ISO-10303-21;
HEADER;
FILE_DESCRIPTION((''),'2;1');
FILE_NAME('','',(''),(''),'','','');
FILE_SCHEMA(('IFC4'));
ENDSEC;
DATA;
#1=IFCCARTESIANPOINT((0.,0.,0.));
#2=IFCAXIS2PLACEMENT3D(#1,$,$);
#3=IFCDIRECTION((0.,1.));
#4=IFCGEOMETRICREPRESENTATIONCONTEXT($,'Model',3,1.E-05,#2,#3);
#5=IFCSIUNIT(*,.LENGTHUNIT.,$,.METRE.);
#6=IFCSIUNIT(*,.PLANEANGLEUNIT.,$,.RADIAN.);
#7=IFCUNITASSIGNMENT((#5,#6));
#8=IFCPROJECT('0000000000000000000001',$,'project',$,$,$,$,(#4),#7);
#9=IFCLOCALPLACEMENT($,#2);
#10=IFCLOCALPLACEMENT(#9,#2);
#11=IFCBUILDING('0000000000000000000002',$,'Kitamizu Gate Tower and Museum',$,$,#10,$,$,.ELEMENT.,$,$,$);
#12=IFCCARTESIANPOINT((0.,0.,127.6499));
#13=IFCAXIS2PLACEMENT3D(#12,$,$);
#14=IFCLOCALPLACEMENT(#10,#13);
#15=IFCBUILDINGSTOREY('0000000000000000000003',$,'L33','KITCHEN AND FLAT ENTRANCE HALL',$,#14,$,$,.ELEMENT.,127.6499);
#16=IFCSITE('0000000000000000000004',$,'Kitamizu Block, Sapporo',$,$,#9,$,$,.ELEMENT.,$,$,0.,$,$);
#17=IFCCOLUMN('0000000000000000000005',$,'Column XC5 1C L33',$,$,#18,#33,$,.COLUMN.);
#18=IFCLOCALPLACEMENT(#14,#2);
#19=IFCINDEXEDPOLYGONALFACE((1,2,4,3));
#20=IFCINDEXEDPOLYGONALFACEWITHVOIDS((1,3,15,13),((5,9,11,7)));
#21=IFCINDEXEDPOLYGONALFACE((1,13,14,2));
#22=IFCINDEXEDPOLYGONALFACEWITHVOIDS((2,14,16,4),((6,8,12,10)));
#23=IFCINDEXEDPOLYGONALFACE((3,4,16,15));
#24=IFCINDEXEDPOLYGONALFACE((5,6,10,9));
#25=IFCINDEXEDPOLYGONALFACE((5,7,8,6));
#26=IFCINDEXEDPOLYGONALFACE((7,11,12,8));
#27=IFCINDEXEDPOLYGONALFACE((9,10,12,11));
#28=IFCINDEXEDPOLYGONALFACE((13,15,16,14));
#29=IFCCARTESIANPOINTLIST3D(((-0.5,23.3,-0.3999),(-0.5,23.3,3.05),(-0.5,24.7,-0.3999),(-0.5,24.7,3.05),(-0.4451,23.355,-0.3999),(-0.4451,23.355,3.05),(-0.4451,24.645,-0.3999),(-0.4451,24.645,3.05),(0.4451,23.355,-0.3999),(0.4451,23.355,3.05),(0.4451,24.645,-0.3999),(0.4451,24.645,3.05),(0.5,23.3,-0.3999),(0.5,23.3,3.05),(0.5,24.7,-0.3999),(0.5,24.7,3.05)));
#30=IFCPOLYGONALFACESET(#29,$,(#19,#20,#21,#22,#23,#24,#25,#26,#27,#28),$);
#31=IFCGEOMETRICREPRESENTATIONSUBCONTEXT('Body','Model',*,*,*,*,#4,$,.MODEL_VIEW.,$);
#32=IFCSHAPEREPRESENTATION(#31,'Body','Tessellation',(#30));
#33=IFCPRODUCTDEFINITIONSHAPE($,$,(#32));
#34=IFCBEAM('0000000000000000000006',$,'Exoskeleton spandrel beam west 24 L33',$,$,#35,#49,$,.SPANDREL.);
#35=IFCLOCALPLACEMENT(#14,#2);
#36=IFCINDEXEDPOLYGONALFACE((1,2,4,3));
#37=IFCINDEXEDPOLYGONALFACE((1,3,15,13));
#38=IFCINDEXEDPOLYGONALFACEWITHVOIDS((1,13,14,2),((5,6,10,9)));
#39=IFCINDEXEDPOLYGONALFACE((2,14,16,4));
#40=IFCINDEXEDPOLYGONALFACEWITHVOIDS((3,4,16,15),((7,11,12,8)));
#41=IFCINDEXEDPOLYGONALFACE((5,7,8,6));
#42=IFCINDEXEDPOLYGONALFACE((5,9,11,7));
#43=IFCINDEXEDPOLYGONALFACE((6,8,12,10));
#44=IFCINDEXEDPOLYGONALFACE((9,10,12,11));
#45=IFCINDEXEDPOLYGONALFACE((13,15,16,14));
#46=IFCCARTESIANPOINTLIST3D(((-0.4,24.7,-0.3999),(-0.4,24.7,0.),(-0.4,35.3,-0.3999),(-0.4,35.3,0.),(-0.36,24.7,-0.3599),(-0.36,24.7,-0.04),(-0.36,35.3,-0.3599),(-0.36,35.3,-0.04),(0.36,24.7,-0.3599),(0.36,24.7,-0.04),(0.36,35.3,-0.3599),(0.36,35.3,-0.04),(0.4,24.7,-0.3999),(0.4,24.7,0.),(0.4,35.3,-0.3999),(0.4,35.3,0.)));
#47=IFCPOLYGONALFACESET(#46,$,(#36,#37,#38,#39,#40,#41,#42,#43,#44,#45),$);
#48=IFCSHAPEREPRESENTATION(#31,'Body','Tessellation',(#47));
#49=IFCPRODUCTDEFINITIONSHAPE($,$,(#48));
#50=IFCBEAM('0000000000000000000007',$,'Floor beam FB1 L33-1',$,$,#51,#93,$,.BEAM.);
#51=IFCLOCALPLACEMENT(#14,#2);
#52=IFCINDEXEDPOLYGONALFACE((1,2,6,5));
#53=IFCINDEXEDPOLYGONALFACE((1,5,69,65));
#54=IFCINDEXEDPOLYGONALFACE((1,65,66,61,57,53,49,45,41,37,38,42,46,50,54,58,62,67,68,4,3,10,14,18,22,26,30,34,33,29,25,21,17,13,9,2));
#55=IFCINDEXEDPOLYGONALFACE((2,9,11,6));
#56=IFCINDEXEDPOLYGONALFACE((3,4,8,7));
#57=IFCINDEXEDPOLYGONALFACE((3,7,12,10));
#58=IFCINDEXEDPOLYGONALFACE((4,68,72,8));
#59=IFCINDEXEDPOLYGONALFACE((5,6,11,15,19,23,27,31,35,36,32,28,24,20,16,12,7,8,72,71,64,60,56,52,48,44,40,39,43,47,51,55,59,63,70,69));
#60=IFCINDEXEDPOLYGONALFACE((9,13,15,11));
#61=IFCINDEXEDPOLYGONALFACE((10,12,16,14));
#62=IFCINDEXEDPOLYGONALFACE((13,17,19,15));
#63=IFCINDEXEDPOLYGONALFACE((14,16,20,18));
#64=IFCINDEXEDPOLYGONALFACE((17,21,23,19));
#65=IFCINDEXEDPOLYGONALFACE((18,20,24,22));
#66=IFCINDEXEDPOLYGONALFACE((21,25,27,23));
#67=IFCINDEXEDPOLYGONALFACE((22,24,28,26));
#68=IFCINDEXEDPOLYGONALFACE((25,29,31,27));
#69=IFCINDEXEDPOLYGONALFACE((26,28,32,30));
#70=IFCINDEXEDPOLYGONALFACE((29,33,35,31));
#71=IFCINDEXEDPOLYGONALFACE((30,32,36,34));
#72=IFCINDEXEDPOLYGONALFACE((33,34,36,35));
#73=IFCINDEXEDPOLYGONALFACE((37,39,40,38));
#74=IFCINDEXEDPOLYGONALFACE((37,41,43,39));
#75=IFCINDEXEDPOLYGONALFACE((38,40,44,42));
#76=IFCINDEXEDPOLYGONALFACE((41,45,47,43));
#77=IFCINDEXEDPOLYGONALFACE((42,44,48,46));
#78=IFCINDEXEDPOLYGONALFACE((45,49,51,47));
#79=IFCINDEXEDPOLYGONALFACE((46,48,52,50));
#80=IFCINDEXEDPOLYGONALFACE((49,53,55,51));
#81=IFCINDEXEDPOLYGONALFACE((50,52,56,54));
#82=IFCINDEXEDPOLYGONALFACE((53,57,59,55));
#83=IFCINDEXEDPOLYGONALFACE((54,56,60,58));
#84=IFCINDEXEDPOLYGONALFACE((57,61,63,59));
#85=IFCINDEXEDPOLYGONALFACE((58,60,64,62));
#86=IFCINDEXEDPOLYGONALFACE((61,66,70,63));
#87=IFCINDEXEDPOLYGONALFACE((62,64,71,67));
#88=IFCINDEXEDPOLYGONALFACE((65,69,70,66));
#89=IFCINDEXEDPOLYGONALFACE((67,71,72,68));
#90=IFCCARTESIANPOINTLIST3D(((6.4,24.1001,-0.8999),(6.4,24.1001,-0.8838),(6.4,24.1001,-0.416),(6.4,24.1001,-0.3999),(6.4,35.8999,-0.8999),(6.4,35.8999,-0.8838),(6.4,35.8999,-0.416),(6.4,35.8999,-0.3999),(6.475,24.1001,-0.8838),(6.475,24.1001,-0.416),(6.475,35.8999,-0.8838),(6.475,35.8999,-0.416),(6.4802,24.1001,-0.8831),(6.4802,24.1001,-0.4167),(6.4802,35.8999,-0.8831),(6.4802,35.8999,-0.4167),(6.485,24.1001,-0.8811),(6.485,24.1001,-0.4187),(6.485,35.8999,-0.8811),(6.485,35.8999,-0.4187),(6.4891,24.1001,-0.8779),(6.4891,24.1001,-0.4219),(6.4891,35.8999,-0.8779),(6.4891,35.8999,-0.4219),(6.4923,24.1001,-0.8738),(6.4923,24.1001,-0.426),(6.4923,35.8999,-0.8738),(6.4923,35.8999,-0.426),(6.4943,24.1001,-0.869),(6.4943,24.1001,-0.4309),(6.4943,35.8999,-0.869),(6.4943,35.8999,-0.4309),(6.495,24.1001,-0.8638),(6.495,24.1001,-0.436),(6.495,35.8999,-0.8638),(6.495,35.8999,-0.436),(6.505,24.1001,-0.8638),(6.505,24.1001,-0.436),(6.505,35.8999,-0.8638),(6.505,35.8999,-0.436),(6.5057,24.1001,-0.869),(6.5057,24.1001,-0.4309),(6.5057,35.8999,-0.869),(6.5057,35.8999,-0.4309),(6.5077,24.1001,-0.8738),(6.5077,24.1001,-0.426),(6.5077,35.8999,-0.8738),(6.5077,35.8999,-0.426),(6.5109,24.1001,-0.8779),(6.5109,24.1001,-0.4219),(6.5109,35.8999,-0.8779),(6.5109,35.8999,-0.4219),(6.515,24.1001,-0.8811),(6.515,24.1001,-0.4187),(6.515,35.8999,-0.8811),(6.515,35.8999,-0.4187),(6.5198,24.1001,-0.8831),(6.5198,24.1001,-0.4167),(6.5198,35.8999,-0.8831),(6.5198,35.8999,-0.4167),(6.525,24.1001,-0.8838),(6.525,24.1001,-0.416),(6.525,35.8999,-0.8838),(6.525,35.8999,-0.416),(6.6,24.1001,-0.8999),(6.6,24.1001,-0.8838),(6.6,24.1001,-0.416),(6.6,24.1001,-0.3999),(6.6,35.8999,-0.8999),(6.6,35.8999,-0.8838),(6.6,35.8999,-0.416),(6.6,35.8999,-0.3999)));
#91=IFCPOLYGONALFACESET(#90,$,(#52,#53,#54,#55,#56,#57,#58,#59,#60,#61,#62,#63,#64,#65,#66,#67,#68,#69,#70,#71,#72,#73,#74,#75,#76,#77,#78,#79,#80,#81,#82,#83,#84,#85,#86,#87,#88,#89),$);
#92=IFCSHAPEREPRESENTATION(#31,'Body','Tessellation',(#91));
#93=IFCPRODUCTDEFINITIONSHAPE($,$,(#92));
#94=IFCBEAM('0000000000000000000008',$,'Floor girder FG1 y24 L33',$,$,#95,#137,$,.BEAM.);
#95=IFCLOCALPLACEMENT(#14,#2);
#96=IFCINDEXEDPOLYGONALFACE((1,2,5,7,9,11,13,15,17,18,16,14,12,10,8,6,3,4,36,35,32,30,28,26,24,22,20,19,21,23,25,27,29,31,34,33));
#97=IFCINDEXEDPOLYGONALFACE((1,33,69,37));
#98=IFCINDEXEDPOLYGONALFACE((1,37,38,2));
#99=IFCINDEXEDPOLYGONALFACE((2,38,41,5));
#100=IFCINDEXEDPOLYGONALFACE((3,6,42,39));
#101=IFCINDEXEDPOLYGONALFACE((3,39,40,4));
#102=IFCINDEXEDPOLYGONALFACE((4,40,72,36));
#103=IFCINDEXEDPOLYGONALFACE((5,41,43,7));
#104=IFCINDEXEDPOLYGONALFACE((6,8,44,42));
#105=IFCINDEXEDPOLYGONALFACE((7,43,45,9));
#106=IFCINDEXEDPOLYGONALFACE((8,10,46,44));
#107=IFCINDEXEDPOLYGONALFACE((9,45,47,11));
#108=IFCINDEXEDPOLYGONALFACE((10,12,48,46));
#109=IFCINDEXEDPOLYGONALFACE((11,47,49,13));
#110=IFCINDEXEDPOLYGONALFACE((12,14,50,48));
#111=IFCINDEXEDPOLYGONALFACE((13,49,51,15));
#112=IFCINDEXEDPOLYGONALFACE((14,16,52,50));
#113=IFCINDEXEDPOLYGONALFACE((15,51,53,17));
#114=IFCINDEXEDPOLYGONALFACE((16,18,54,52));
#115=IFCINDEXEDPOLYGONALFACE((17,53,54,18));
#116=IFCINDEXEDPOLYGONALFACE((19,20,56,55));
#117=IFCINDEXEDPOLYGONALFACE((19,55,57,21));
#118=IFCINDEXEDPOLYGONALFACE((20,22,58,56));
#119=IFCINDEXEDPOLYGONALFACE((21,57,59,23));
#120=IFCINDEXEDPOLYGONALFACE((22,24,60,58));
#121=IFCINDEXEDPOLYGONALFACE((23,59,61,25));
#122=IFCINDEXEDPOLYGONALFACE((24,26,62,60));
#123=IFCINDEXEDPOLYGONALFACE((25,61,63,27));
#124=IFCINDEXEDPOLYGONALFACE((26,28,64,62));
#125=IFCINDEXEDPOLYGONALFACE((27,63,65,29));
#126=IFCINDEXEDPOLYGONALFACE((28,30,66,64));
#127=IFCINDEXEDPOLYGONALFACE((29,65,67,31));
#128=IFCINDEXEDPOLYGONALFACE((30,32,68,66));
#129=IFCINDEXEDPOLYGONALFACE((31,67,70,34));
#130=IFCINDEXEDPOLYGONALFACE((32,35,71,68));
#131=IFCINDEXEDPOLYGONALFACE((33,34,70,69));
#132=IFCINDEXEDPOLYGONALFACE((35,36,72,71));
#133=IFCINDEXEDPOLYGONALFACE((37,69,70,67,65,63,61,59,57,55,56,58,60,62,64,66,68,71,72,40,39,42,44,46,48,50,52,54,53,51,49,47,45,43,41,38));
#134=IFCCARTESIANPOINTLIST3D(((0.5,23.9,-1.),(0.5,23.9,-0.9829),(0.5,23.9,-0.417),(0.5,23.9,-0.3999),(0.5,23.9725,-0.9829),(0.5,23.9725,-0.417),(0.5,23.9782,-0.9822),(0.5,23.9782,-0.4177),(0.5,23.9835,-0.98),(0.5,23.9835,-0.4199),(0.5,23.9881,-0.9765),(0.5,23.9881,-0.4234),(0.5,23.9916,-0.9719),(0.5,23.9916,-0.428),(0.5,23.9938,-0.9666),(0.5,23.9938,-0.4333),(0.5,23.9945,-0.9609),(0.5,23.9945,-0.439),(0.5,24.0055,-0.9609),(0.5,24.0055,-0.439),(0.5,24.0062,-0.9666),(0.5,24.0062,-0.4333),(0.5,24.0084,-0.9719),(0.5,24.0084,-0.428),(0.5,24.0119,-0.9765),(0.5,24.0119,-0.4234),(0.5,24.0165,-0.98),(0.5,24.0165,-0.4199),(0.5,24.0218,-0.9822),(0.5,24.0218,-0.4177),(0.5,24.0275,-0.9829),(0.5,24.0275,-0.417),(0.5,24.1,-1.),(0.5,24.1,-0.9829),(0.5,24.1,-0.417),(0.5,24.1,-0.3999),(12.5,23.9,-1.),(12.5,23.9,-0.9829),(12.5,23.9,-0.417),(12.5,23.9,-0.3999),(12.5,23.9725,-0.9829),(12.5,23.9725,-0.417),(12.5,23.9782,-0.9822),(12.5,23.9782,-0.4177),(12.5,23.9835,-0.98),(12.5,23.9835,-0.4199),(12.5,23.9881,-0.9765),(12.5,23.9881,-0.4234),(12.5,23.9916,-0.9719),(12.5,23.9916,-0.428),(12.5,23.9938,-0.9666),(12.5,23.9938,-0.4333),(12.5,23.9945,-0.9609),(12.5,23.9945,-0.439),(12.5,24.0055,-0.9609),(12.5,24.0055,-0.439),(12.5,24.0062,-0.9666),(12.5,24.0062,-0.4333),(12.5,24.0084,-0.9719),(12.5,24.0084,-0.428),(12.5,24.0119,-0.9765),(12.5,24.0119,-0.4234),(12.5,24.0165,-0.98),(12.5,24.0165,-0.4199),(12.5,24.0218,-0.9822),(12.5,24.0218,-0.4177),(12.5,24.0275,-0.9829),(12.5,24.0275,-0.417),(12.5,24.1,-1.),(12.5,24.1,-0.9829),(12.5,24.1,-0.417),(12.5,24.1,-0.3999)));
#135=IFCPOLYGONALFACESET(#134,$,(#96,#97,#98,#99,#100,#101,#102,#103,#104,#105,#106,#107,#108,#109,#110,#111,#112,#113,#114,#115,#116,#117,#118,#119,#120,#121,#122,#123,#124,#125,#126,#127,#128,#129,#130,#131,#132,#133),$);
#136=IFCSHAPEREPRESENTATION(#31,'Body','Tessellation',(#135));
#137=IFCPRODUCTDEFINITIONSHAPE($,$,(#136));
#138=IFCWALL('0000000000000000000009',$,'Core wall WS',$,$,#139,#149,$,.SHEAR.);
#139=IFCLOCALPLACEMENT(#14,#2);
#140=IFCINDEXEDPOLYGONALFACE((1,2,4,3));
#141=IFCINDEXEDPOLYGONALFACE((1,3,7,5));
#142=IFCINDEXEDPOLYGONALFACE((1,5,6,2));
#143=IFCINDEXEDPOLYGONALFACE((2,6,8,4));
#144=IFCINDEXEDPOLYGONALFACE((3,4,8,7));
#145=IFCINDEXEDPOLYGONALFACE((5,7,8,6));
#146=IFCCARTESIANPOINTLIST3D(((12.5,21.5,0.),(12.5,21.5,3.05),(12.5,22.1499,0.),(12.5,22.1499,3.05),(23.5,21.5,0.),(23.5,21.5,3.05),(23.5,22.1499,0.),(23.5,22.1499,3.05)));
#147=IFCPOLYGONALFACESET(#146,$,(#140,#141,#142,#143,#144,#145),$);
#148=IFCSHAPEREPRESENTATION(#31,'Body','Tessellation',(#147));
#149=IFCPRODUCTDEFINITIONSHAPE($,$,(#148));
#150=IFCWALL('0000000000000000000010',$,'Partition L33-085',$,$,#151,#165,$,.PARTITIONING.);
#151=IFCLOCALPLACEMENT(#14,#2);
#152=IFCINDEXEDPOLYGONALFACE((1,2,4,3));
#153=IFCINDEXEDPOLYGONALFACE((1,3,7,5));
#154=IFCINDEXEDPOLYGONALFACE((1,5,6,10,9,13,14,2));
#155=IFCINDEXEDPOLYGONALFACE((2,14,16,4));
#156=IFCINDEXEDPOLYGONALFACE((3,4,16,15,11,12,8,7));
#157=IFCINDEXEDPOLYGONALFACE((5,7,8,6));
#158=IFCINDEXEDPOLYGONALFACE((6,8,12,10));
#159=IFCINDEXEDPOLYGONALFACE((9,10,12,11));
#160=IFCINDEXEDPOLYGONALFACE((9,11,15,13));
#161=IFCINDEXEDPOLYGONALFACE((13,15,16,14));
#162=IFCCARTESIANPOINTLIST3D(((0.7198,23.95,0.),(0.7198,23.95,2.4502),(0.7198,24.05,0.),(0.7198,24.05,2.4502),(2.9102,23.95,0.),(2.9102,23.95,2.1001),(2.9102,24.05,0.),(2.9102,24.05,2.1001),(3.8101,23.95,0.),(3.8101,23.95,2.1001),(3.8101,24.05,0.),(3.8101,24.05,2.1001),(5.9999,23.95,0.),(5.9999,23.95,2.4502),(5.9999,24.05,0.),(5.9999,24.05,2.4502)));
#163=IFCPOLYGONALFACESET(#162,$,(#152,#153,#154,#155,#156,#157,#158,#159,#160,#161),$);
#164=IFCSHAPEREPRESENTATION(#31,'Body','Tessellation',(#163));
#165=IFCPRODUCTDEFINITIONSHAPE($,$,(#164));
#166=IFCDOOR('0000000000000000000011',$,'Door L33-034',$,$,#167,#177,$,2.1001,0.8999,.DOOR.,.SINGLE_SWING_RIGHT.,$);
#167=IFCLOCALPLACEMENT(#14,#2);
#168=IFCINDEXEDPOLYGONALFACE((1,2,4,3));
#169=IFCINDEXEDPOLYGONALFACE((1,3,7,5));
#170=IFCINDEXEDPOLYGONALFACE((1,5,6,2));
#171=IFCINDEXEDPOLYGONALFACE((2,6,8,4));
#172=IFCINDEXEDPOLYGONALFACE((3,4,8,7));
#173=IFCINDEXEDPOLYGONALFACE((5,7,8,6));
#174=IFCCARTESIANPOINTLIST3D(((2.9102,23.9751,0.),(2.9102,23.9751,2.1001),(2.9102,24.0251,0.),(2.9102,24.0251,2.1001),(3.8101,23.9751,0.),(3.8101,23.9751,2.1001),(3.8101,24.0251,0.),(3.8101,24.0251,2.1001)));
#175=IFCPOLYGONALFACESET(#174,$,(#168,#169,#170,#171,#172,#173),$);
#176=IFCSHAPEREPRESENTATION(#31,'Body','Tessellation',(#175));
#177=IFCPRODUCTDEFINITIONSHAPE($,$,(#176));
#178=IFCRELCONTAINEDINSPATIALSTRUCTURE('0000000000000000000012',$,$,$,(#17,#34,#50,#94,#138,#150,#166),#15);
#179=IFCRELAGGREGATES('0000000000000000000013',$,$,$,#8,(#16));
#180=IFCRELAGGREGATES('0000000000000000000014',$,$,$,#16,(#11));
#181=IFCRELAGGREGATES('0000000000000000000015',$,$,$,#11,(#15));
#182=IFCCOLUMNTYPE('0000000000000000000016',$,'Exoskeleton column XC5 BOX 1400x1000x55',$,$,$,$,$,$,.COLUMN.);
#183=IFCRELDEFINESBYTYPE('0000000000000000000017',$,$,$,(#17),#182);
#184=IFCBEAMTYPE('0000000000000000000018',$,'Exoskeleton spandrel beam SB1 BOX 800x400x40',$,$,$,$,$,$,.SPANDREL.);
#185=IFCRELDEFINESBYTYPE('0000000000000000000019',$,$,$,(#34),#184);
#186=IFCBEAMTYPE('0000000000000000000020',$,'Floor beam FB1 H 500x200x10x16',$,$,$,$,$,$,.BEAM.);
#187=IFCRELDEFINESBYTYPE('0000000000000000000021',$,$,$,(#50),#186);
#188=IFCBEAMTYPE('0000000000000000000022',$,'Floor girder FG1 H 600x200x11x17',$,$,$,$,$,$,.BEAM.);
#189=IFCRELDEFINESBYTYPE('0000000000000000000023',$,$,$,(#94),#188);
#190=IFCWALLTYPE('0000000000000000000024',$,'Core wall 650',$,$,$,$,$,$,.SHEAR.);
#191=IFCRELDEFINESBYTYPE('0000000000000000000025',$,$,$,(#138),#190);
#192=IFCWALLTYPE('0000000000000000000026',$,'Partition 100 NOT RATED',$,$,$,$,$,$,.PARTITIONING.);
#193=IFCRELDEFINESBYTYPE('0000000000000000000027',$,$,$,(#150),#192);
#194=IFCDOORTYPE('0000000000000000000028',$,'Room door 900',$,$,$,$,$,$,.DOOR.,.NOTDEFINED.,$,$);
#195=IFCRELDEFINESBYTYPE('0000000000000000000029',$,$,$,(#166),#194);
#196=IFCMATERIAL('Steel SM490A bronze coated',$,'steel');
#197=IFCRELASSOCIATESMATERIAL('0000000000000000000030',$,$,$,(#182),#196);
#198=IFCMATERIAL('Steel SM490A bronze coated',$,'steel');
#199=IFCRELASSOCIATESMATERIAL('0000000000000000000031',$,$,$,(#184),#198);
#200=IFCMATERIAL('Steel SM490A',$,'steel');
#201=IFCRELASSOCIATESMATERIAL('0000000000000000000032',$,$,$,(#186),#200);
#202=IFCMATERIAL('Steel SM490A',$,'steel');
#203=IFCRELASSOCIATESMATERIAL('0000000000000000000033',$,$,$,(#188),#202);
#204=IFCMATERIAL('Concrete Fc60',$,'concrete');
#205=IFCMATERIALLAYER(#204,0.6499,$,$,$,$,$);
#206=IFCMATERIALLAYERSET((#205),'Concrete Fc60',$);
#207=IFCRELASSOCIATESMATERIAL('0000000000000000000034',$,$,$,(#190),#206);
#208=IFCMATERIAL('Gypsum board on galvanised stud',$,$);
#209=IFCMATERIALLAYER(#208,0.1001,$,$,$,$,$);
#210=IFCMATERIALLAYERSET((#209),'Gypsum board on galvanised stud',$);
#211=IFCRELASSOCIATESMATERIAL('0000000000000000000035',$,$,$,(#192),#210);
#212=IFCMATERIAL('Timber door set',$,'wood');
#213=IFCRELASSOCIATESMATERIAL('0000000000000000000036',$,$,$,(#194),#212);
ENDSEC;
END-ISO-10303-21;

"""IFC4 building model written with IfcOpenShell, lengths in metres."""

from ifc_helpers import new_model, si_unit, direction, frame, frame_2d, origin, origin_2d, place, context, subcontext, project, spatial, rectangle, hollow_rectangle, i_section, extrude, material, layer, layer_set, material_profile, profile_set, type_object, element, fill, save


model = new_model("IFC4")

# Units and contexts
model_context = context("Model", 3, precision=1e-05, world=origin(), true_north=direction((0.0, 1.0)))
body_context = subcontext(model_context, "Body", "Model", "MODEL_VIEW")
ifc_project = project(units=[si_unit("LENGTHUNIT", "METRE"), si_unit("PLANEANGLEUNIT", "RADIAN")], contexts=[model_context])

# Site, building, storey
site_placement = place(None, origin())
site = spatial("IfcSite", under=ifc_project, at=site_placement, Name="Kitamizu Block, Sapporo", CompositionType="ELEMENT", RefElevation=0.0)
building_placement = place(site_placement, origin())
building = spatial("IfcBuilding", under=site, at=building_placement, Name="Kitamizu Gate Tower and Museum", CompositionType="ELEMENT")
storey_placement = place(building_placement, frame((0.0, 0.0, 127.6499)))
storey = spatial("IfcBuildingStorey", under=building, at=storey_placement, Name="L33", Description="KITCHEN AND FLAT ENTRANCE HALL", CompositionType="ELEMENT", Elevation=127.6499)

# Column
ifc_material_1 = material(Name="Steel SM490A bronze coated", Category="steel")
ifc_material_profile_1 = material_profile(ifc_material_1, hollow_rectangle(XDim=1.3999, YDim=1.0, WallThickness=0.0549, at=origin_2d()), Name="BOX 1400x1000x55")
ifc_profile_set_1 = profile_set([ifc_material_profile_1], Name="Steel SM490A bronze coated")
column_type = type_object("IfcColumnType", Name="Exoskeleton column XC5 BOX 1400x1000x55", PredefinedType="COLUMN", material=ifc_profile_set_1)
column_placement = place(storey_placement, frame((0.0, 24.0, -0.3999), z_axis=(0.0, 0.0, 1.0), x_axis=(0.0, 1.0, 0.0)))
element("IfcColumn", 1, at=column_placement, inside=storey, type_object=column_type, Name="Column XC5 1C L33", PredefinedType="COLUMN", context=body_context, shape_type="SweptSolid", body=[
    extrude(hollow_rectangle(XDim=1.3999, YDim=1.0, WallThickness=0.0549, at=origin_2d()), origin(), (0.0, 0.0, 1.0), 3.45),
])

# Beams
ifc_material_2 = material(Name="Steel SM490A bronze coated", Category="steel")
ifc_material_profile_2 = material_profile(ifc_material_2, hollow_rectangle(XDim=0.8, YDim=0.3999, WallThickness=0.04, at=origin_2d()), Name="BOX 800x400x40")
ifc_profile_set_2 = profile_set([ifc_material_profile_2], Name="Steel SM490A bronze coated")
beam_type_1 = type_object("IfcBeamType", Name="Exoskeleton spandrel beam SB1 BOX 800x400x40", PredefinedType="SPANDREL", material=ifc_profile_set_2)
beam_1_placement = place(storey_placement, frame((0.0, 24.7, -0.2), z_axis=(0.0, 1.0, 0.0), x_axis=(-1.0, 0.0, 0.0)))
element("IfcBeam", 2, at=beam_1_placement, inside=storey, type_object=beam_type_1, Name="Exoskeleton spandrel beam west 24 L33", PredefinedType="SPANDREL", context=body_context, shape_type="SweptSolid", body=[
    extrude(hollow_rectangle(XDim=0.8, YDim=0.3999, WallThickness=0.04, at=origin_2d()), origin(), (0.0, 0.0, 1.0), 10.6001),
])
ifc_material_3 = material(Name="Steel SM490A", Category="steel")
ifc_material_profile_3 = material_profile(ifc_material_3, i_section(OverallWidth=0.2, OverallDepth=0.5, WebThickness=0.01, FlangeThickness=0.0161, FilletRadius=0.02, at=origin_2d()), Name="H-500x200x10x16")
ifc_profile_set_3 = profile_set([ifc_material_profile_3], Name="Steel SM490A")
beam_type_2 = type_object("IfcBeamType", Name="Floor beam FB1 H 500x200x10x16", PredefinedType="BEAM", material=ifc_profile_set_3)
beam_2_placement = place(storey_placement, frame((6.5, 24.1001, -0.6499), z_axis=(0.0, 1.0, 0.0), x_axis=(-1.0, 0.0, 0.0)))
element("IfcBeam", 3, at=beam_2_placement, inside=storey, type_object=beam_type_2, Name="Floor beam FB1 L33-1", PredefinedType="BEAM", context=body_context, shape_type="SweptSolid", body=[
    extrude(i_section(OverallWidth=0.2, OverallDepth=0.5, WebThickness=0.01, FlangeThickness=0.0161, FilletRadius=0.02, at=origin_2d()), origin(), (0.0, 0.0, 1.0), 11.7998),
])
ifc_material_4 = material(Name="Steel SM490A", Category="steel")
ifc_material_profile_4 = material_profile(ifc_material_4, i_section(OverallWidth=0.2, OverallDepth=0.6001, WebThickness=0.011, FlangeThickness=0.0171, FilletRadius=0.022, at=origin_2d()), Name="H-600x200x11x17")
ifc_profile_set_4 = profile_set([ifc_material_profile_4], Name="Steel SM490A")
beam_type_3 = type_object("IfcBeamType", Name="Floor girder FG1 H 600x200x11x17", PredefinedType="BEAM", material=ifc_profile_set_4)
beam_3_placement = place(storey_placement, frame((0.5, 24.0, -0.7), z_axis=(1.0, 0.0, 0.0), x_axis=(0.0, 1.0, 0.0)))
element("IfcBeam", 4, at=beam_3_placement, inside=storey, type_object=beam_type_3, Name="Floor girder FG1 y24 L33", PredefinedType="BEAM", context=body_context, shape_type="SweptSolid", body=[
    extrude(i_section(OverallWidth=0.2, OverallDepth=0.6001, WebThickness=0.011, FlangeThickness=0.0171, FilletRadius=0.022, at=origin_2d()), origin(), (0.0, 0.0, 1.0), 12.0),
])

# Wall
ifc_material_5 = material(Name="Concrete Fc60", Category="concrete")
ifc_layer_1 = layer(ifc_material_5, 0.6499)
ifc_layer_set_1 = layer_set([ifc_layer_1], Name="Concrete Fc60")
wall_type_1 = type_object("IfcWallType", Name="Core wall 650", PredefinedType="SHEAR", material=ifc_layer_set_1)
wall_1_placement = place(storey_placement, frame((12.5, 21.825, 0.0), z_axis=(0.0, 0.0, 1.0), x_axis=(1.0, 0.0, 0.0)))
element("IfcWall", 5, at=wall_1_placement, inside=storey, type_object=wall_type_1, Name="Core wall WS", PredefinedType="SHEAR", context=body_context, shape_type="SweptSolid", body=[
    extrude(rectangle(XDim=11.0, YDim=0.6499, at=frame_2d((5.5, 0.0))), origin(), (0.0, 0.0, 1.0), 3.05),
])

# Wall, opening, door
ifc_material_6 = material(Name="Gypsum board on galvanised stud")
ifc_layer_2 = layer(ifc_material_6, 0.1001)
ifc_layer_set_2 = layer_set([ifc_layer_2], Name="Gypsum board on galvanised stud")
wall_type_2 = type_object("IfcWallType", Name="Partition 100 NOT RATED", PredefinedType="PARTITIONING", material=ifc_layer_set_2)
wall_2_placement = place(storey_placement, frame((6.0, 24.0, 0.0), z_axis=(0.0, 0.0, 1.0), x_axis=(-1.0, 0.0, 0.0)))
wall_2 = element("IfcWall", 6, at=wall_2_placement, inside=storey, type_object=wall_type_2, Name="Partition L33-085", PredefinedType="PARTITIONING", context=body_context, shape_type="SweptSolid", body=[
    extrude(rectangle(XDim=5.28, YDim=0.1001, at=frame_2d((2.6401, 0.0))), origin(), (0.0, 0.0, 1.0), 2.4502),
])
opening_1_placement = place(wall_2_placement, frame((2.1899, 0.0, 0.0)))
opening_1 = element("IfcOpeningElement", 7, at=opening_1_placement, cuts=wall_2, PredefinedType="OPENING", context=body_context, shape_type="SweptSolid", body=[
    extrude(rectangle(XDim=0.8999, YDim=2.1001, at=frame_2d((0.45, 1.05))), frame((0.0, 0.0601, 0.0), z_axis=(0.0, -1.0, 0.0), x_axis=(1.0, 0.0, 0.0)), (0.0, 0.0, 1.0), 0.1201),
])
ifc_material_7 = material(Name="Timber door set", Category="wood")
door_type_1 = type_object("IfcDoorType", Name="Room door 900", OperationType="NOTDEFINED", PredefinedType="DOOR", material=ifc_material_7)
door_1_placement = place(opening_1_placement, origin())
door_1 = element("IfcDoor", 8, at=door_1_placement, inside=storey, type_object=door_type_1, Name="Door L33-034", OperationType="SINGLE_SWING_RIGHT", OverallHeight=2.1001, OverallWidth=0.8999, PredefinedType="DOOR", context=body_context, shape_type="SweptSolid", body=[
    extrude(rectangle(XDim=0.8999, YDim=2.1001, at=frame_2d((0.45, 1.05))), frame((0.0, 0.0249, 0.0), z_axis=(0.0, -1.0, 0.0), x_axis=(1.0, 0.0, 0.0)), (0.0, 0.0, 1.0), 0.05),
])
fill(opening_1, door_1)

save(model, "model.ifc")
